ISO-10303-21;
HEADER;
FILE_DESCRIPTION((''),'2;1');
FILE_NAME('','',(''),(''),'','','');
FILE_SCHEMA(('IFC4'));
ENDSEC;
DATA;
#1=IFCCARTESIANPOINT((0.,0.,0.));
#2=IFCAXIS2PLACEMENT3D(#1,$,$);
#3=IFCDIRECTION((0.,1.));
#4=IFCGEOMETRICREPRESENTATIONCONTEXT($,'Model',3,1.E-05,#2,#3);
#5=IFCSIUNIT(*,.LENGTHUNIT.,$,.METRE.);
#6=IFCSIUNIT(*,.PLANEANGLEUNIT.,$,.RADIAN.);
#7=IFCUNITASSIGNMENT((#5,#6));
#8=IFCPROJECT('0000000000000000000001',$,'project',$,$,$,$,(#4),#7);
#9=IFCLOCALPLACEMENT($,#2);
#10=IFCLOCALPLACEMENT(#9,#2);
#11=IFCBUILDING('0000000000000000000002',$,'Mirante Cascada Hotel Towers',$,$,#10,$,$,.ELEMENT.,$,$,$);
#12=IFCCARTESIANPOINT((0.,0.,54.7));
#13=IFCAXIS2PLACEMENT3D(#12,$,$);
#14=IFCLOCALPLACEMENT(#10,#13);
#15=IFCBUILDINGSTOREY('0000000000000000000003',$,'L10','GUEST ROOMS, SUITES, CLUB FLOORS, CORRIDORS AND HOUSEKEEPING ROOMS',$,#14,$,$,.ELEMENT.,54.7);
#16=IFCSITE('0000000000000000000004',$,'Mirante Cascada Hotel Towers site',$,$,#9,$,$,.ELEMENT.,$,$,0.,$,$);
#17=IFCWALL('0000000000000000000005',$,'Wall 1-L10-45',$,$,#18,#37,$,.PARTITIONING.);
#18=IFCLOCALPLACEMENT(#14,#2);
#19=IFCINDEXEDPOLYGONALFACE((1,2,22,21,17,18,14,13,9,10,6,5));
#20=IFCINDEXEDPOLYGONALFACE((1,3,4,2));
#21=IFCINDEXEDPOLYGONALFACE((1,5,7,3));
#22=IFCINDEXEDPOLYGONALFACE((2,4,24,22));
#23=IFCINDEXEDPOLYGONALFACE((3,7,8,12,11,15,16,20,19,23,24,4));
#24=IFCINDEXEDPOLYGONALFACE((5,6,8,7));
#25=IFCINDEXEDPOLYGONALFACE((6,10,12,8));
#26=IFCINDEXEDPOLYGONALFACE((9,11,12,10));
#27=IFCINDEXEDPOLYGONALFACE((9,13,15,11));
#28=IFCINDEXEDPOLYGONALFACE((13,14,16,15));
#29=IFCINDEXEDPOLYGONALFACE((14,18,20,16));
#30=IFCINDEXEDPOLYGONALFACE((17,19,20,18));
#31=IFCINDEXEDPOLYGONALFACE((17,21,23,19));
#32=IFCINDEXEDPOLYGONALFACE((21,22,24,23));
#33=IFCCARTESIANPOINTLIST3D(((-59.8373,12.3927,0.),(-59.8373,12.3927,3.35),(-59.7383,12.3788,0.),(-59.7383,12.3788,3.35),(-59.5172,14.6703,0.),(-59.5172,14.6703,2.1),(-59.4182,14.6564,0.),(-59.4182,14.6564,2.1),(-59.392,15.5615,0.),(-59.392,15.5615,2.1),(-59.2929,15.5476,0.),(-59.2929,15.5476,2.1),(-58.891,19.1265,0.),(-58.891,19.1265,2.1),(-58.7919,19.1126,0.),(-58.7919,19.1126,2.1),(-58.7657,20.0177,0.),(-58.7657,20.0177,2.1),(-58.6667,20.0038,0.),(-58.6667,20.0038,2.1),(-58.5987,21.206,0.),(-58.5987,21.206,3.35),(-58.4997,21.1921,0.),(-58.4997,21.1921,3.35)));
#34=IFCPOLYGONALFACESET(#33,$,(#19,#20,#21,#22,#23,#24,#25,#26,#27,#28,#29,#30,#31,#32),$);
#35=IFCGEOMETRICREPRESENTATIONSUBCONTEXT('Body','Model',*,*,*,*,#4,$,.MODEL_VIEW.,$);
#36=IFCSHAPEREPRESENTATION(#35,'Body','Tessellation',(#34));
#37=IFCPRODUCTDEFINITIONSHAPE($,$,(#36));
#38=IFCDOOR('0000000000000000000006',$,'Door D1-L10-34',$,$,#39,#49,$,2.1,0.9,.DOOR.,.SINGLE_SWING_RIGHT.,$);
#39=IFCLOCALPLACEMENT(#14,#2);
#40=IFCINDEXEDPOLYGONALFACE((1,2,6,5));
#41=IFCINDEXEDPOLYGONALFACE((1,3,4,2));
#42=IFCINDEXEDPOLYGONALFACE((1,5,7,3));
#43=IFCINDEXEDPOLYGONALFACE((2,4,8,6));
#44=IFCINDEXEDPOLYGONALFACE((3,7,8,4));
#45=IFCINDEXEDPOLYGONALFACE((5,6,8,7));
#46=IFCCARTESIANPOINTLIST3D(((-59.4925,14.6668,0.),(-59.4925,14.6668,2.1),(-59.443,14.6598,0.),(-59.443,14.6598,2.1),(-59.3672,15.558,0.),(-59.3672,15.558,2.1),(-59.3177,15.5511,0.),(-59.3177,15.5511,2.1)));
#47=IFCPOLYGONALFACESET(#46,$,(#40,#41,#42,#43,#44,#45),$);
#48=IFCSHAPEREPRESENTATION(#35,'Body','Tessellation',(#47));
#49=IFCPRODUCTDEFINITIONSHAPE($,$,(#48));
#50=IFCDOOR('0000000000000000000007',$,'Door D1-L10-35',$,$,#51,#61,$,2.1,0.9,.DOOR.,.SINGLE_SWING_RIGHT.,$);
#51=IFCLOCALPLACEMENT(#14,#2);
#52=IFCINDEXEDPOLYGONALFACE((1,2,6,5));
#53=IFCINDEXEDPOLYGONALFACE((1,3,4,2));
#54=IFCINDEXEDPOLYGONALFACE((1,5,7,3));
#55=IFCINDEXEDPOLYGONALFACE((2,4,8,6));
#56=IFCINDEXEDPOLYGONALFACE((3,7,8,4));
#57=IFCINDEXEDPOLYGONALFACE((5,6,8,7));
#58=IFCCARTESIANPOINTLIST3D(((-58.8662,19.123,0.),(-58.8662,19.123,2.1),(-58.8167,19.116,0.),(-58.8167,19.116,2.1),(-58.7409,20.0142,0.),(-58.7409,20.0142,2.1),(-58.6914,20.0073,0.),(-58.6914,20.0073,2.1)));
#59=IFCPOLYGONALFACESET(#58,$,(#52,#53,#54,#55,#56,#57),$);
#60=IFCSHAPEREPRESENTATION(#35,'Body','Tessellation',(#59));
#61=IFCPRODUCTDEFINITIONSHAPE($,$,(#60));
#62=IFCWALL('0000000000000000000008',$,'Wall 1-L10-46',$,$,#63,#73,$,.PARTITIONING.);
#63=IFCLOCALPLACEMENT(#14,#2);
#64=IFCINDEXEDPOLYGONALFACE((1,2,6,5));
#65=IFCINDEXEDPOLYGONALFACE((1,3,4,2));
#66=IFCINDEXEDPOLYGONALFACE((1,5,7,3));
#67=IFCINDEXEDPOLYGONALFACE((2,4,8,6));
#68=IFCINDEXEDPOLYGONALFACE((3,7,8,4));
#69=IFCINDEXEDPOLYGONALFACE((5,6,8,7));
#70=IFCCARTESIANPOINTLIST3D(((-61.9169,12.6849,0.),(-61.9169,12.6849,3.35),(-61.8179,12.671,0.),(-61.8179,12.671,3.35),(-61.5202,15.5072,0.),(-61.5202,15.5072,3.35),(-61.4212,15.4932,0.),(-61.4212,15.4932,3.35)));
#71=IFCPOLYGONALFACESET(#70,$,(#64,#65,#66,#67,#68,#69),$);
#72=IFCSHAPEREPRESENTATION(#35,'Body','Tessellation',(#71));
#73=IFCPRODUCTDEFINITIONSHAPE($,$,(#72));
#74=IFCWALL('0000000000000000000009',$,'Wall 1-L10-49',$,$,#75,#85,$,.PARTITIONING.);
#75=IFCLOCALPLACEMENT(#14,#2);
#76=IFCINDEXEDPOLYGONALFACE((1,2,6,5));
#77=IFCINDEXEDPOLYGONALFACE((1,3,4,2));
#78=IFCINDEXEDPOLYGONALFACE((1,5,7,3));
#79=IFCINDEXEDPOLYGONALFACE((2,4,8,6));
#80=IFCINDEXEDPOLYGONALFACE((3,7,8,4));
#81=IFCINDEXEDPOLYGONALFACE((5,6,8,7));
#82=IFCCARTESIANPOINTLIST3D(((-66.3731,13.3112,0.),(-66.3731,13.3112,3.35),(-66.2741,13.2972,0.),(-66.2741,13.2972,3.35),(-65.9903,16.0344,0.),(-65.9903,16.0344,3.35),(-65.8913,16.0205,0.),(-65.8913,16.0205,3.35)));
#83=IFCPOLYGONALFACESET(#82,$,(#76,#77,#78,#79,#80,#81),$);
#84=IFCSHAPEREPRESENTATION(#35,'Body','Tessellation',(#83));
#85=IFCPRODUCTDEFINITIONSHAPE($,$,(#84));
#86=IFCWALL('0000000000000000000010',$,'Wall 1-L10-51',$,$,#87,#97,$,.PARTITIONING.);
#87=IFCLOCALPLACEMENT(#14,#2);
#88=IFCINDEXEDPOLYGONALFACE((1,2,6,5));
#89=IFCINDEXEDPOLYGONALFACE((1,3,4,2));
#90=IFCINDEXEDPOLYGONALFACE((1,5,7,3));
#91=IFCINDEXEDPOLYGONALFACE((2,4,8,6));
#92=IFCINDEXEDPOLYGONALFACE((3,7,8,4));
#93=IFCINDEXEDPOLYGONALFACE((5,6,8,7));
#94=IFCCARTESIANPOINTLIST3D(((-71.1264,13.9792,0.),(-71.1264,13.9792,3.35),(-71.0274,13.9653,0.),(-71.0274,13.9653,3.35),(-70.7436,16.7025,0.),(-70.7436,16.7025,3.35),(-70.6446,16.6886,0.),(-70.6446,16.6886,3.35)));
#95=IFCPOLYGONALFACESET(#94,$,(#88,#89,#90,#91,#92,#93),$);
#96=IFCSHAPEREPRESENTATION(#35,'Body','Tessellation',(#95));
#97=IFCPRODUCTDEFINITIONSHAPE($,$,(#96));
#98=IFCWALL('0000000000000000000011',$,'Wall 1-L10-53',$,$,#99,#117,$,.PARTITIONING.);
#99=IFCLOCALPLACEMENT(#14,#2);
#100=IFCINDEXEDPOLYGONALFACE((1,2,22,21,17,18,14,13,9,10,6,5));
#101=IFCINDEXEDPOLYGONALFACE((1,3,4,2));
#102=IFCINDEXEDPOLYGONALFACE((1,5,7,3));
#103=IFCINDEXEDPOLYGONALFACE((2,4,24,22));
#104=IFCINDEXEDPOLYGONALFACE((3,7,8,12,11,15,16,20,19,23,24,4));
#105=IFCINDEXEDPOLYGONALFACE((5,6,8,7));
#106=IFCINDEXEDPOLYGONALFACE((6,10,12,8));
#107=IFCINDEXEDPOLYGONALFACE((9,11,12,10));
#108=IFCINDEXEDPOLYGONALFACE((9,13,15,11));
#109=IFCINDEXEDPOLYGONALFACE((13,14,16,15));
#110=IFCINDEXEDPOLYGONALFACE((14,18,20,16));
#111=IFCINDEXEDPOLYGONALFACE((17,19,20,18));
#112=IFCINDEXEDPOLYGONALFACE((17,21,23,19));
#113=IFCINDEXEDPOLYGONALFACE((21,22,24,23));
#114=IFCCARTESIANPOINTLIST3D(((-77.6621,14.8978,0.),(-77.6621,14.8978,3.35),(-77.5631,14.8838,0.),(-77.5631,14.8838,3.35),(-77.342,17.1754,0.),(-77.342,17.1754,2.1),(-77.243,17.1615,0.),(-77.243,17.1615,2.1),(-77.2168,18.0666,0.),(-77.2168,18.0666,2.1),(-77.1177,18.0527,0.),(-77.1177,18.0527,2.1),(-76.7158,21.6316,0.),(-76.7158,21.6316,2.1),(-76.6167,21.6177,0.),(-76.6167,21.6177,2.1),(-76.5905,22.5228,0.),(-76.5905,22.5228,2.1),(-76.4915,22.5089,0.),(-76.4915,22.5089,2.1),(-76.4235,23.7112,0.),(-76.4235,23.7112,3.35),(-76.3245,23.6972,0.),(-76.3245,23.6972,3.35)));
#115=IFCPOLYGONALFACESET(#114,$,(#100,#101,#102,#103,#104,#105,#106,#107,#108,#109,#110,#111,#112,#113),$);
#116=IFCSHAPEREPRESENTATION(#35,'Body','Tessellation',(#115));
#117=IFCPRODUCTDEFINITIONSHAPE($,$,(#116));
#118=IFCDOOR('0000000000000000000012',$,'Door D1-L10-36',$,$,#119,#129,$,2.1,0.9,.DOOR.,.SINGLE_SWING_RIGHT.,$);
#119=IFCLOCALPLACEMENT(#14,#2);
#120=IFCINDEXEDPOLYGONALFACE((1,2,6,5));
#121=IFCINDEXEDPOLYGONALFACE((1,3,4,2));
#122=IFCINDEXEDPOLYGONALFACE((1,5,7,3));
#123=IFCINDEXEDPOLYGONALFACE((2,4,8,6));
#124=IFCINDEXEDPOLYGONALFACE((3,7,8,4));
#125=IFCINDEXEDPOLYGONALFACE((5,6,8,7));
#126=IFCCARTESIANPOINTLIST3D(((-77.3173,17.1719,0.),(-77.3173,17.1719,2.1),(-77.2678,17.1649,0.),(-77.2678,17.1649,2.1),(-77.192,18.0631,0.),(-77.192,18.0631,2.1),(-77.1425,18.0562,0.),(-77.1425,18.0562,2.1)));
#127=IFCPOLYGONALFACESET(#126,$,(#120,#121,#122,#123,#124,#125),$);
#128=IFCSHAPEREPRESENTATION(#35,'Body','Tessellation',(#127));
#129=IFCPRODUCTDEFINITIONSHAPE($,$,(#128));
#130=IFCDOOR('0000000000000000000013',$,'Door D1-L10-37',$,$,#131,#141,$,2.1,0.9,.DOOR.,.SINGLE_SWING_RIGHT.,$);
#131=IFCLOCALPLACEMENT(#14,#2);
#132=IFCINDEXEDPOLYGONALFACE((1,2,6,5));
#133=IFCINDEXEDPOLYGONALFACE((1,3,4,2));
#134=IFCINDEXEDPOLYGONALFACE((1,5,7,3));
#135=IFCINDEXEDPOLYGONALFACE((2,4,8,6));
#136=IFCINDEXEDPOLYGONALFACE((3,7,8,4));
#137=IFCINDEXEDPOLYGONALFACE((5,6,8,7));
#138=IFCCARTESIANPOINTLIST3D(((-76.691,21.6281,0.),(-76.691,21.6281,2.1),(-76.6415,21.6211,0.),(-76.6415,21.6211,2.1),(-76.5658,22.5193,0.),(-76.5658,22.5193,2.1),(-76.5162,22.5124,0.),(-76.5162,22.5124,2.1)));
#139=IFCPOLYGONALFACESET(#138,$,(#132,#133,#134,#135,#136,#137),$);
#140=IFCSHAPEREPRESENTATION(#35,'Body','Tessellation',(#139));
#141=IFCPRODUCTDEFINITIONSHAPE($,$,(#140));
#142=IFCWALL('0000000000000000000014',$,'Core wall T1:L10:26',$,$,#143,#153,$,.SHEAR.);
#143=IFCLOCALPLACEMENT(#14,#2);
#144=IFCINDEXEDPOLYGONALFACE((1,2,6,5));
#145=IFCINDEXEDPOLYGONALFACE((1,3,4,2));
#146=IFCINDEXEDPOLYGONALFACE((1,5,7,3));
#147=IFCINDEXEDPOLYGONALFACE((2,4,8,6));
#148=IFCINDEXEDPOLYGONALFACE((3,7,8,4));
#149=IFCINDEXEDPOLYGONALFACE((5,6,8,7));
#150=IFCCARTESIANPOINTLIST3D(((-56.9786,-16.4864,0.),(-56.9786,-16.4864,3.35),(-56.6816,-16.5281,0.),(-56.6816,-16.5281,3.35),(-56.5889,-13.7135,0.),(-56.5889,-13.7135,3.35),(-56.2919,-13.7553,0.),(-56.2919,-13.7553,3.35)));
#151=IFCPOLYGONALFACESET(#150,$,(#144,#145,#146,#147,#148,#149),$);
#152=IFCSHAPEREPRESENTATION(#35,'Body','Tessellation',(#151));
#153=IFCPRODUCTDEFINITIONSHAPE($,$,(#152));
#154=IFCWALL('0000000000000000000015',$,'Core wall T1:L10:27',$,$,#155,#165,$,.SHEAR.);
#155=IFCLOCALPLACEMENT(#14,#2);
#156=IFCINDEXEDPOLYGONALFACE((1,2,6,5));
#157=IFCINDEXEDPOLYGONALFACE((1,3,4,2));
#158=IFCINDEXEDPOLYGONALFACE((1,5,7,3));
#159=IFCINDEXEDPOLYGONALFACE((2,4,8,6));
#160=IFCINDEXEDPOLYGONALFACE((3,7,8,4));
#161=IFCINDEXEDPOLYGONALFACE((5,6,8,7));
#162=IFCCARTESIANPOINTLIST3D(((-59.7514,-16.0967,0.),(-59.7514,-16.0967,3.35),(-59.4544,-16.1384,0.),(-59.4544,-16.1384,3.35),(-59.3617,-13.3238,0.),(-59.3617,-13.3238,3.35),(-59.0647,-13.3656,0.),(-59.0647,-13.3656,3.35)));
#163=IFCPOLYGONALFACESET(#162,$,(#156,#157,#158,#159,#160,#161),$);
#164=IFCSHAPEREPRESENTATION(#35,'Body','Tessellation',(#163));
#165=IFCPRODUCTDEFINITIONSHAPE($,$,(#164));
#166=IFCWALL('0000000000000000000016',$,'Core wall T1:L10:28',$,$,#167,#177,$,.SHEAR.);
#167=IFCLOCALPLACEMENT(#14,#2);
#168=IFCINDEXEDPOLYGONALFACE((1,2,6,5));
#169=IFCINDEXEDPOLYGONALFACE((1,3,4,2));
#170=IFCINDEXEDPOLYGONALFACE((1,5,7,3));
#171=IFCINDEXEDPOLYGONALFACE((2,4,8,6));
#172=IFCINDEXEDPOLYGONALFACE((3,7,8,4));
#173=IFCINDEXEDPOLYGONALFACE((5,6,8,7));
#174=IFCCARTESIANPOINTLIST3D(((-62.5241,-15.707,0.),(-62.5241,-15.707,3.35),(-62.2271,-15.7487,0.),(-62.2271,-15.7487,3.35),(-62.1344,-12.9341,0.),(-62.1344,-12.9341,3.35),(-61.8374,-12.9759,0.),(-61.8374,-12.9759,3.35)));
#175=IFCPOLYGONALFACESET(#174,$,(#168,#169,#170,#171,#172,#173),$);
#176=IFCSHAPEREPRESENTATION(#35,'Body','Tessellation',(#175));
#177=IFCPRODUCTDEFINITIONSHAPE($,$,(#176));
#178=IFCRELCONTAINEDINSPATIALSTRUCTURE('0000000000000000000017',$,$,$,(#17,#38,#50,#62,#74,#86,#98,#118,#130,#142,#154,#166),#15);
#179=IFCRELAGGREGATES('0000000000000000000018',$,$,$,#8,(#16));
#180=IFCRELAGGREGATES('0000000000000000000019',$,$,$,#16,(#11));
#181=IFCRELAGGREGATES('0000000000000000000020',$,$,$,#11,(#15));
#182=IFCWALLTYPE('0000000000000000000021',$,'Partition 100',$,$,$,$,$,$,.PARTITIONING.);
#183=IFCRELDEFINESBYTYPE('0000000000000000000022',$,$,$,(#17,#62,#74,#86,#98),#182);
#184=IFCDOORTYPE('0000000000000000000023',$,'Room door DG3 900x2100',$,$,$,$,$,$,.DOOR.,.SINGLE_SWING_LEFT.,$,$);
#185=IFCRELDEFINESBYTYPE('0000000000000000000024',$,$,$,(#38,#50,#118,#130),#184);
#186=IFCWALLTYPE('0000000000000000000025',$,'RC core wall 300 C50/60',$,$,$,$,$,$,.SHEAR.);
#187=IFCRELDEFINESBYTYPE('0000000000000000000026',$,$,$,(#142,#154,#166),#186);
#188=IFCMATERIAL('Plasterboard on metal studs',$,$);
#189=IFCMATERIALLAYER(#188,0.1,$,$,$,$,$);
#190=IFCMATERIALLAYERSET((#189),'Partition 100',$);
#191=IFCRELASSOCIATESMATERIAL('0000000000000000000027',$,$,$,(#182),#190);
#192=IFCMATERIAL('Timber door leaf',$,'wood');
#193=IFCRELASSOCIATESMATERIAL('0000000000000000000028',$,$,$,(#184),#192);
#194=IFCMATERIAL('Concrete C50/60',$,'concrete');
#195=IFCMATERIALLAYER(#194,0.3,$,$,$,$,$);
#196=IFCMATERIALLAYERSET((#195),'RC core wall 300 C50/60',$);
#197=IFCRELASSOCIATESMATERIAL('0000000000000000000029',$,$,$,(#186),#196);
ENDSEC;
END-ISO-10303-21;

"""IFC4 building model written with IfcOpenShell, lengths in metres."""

from ifc_helpers import new_model, si_unit, direction, frame, frame_2d, origin, place, context, subcontext, project, spatial, rectangle, extrude, material, layer, layer_set, type_object, element, fill, save


model = new_model("IFC4")

# Units and contexts
model_context = context("Model", 3, precision=1e-05, world=origin(), true_north=direction((0.0, 1.0)))
body_context = subcontext(model_context, "Body", "Model", "MODEL_VIEW")
ifc_project = project(units=[si_unit("LENGTHUNIT", "METRE"), si_unit("PLANEANGLEUNIT", "RADIAN")], contexts=[model_context])

# Site, building, storey
site_placement = place(None, origin())
site = spatial("IfcSite", under=ifc_project, at=site_placement, Name="Mirante Cascada Hotel Towers site", CompositionType="ELEMENT", RefElevation=0.0)
building_placement = place(site_placement, origin())
building = spatial("IfcBuilding", under=site, at=building_placement, Name="Mirante Cascada Hotel Towers", CompositionType="ELEMENT")
storey_placement = place(building_placement, frame((0.0, 0.0, 54.7)))
storey = spatial("IfcBuildingStorey", under=building, at=storey_placement, Name="L10", Description="GUEST ROOMS, SUITES, CLUB FLOORS, CORRIDORS AND HOUSEKEEPING ROOMS", CompositionType="ELEMENT", Elevation=54.7)

# Wall, openings, doors
ifc_material_1 = material(Name="Plasterboard on metal studs")
ifc_layer_1 = layer(ifc_material_1, 0.1)
ifc_layer_set_1 = layer_set([ifc_layer_1], Name="Partition 100")
wall_type_1 = type_object("IfcWallType", Name="Partition 100", PredefinedType="PARTITIONING", material=ifc_layer_set_1)
wall_1_placement = place(storey_placement, frame((-59.7878, 12.3857, 0.0), z_axis=(0.0, 0.0, 1.0), x_axis=(0.13917, 0.990268, 0.0)))
wall_1 = element("IfcWall", 1, at=wall_1_placement, inside=storey, type_object=wall_type_1, Name="Wall 1-L10-45", PredefinedType="PARTITIONING", context=body_context, shape_type="SweptSolid", body=[
    extrude(rectangle(XDim=8.8999, YDim=0.1, at=frame_2d((4.45, 0.0))), origin(), (0.0, 0.0, 1.0), 3.35),
])
opening_1_placement = place(wall_1_placement, frame((2.3, 0.0, 0.0)))
opening_1 = element("IfcOpeningElement", 2, at=opening_1_placement, cuts=wall_1, PredefinedType="OPENING", context=body_context, shape_type="SweptSolid", body=[
    extrude(rectangle(XDim=0.9, YDim=2.1, at=frame_2d((0.45, 1.05))), frame((0.0, 0.05, 0.0), z_axis=(0.0, -1.0, 0.0), x_axis=(1.0, 0.0, 0.0)), (0.0, 0.0, 1.0), 0.1),
])
opening_2_placement = place(wall_1_placement, frame((6.8, 0.0, 0.0)))
opening_2 = element("IfcOpeningElement", 3, at=opening_2_placement, cuts=wall_1, PredefinedType="OPENING", context=body_context, shape_type="SweptSolid", body=[
    extrude(rectangle(XDim=0.9, YDim=2.1, at=frame_2d((0.45, 1.05))), frame((0.0, 0.05, 0.0), z_axis=(0.0, -1.0, 0.0), x_axis=(1.0, 0.0, 0.0)), (0.0, 0.0, 1.0), 0.1),
])
ifc_material_2 = material(Name="Timber door leaf", Category="wood")
door_type_1 = type_object("IfcDoorType", Name="Room door DG3 900x2100", OperationType="SINGLE_SWING_LEFT", PredefinedType="DOOR", material=ifc_material_2)
door_1_placement = place(opening_1_placement, frame((0.9, 0.0, 0.0), z_axis=(0.0, 0.0, 1.0), x_axis=(-1.0, 0.0, 0.0)))
door_1 = element("IfcDoor", 4, at=door_1_placement, inside=storey, type_object=door_type_1, Name="Door D1-L10-34", OperationType="SINGLE_SWING_RIGHT", OverallHeight=2.1, OverallWidth=0.9, PredefinedType="DOOR", context=body_context, shape_type="SweptSolid", body=[
    extrude(rectangle(XDim=0.9, YDim=2.1, at=frame_2d((0.45, 1.05))), frame((0.0, 0.025, 0.0), z_axis=(0.0, -1.0, 0.0), x_axis=(1.0, 0.0, 0.0)), (0.0, 0.0, 1.0), 0.05),
])
fill(opening_1, door_1)
door_2_placement = place(opening_2_placement, frame((0.9, 0.0, 0.0), z_axis=(0.0, 0.0, 1.0), x_axis=(-1.0, 0.0, 0.0)))
door_2 = element("IfcDoor", 5, at=door_2_placement, inside=storey, type_object=door_type_1, Name="Door D1-L10-35", OperationType="SINGLE_SWING_RIGHT", OverallHeight=2.1, OverallWidth=0.9, PredefinedType="DOOR", context=body_context, shape_type="SweptSolid", body=[
    extrude(rectangle(XDim=0.9, YDim=2.1, at=frame_2d((0.45, 1.05))), frame((0.0, 0.025, 0.0), z_axis=(0.0, -1.0, 0.0), x_axis=(1.0, 0.0, 0.0)), (0.0, 0.0, 1.0), 0.05),
])
fill(opening_2, door_2)

# Walls
wall_2_placement = place(storey_placement, frame((-61.4707, 15.5002, 0.0), z_axis=(0.0, 0.0, 1.0), x_axis=(-0.139191, -0.990266, 0.0)))
element("IfcWall", 6, at=wall_2_placement, inside=storey, type_object=wall_type_1, Name="Wall 1-L10-46", PredefinedType="PARTITIONING", context=body_context, shape_type="SweptSolid", body=[
    extrude(rectangle(XDim=2.85, YDim=0.1, at=frame_2d((1.425, 0.0))), origin(), (0.0, 0.0, 1.0), 3.35),
])
wall_3_placement = place(storey_placement, frame((-66.3236, 13.3042, 0.0), z_axis=(0.0, 0.0, 1.0), x_axis=(0.139201, 0.990264, 0.0)))
element("IfcWall", 7, at=wall_3_placement, inside=storey, type_object=wall_type_1, Name="Wall 1-L10-49", PredefinedType="PARTITIONING", context=body_context, shape_type="SweptSolid", body=[
    extrude(rectangle(XDim=2.75, YDim=0.1, at=frame_2d((1.375, 0.0))), origin(), (0.0, 0.0, 1.0), 3.35),
])
wall_4_placement = place(storey_placement, frame((-71.0769, 13.9722, 0.0), z_axis=(0.0, 0.0, 1.0), x_axis=(0.139196, 0.990265, 0.0)))
element("IfcWall", 8, at=wall_4_placement, inside=storey, type_object=wall_type_1, Name="Wall 1-L10-51", PredefinedType="PARTITIONING", context=body_context, shape_type="SweptSolid", body=[
    extrude(rectangle(XDim=2.7501, YDim=0.1, at=frame_2d((1.3751, 0.0))), origin(), (0.0, 0.0, 1.0), 3.35),
])

# Wall, openings, doors
wall_5_placement = place(storey_placement, frame((-77.6126, 14.8908, 0.0), z_axis=(0.0, 0.0, 1.0), x_axis=(0.139168, 0.990269, 0.0)))
wall_5 = element("IfcWall", 9, at=wall_5_placement, inside=storey, type_object=wall_type_1, Name="Wall 1-L10-53", PredefinedType="PARTITIONING", context=body_context, shape_type="SweptSolid", body=[
    extrude(rectangle(XDim=8.9, YDim=0.1, at=frame_2d((4.45, 0.0))), origin(), (0.0, 0.0, 1.0), 3.35),
])
opening_3_placement = place(wall_5_placement, frame((2.3, 0.0, 0.0)))
opening_3 = element("IfcOpeningElement", 10, at=opening_3_placement, cuts=wall_5, PredefinedType="OPENING", context=body_context, shape_type="SweptSolid", body=[
    extrude(rectangle(XDim=0.9, YDim=2.1, at=frame_2d((0.45, 1.05))), frame((0.0, 0.05, 0.0), z_axis=(0.0, -1.0, 0.0), x_axis=(1.0, 0.0, 0.0)), (0.0, 0.0, 1.0), 0.1),
])
opening_4_placement = place(wall_5_placement, frame((6.8, 0.0, 0.0)))
opening_4 = element("IfcOpeningElement", 11, at=opening_4_placement, cuts=wall_5, PredefinedType="OPENING", context=body_context, shape_type="SweptSolid", body=[
    extrude(rectangle(XDim=0.9, YDim=2.1, at=frame_2d((0.45, 1.05))), frame((0.0, 0.05, 0.0), z_axis=(0.0, -1.0, 0.0), x_axis=(1.0, 0.0, 0.0)), (0.0, 0.0, 1.0), 0.1),
])
door_3_placement = place(opening_3_placement, frame((0.9, 0.0, 0.0), z_axis=(0.0, 0.0, 1.0), x_axis=(-1.0, 0.0, 0.0)))
door_3 = element("IfcDoor", 12, at=door_3_placement, inside=storey, type_object=door_type_1, Name="Door D1-L10-36", OperationType="SINGLE_SWING_RIGHT", OverallHeight=2.1, OverallWidth=0.9, PredefinedType="DOOR", context=body_context, shape_type="SweptSolid", body=[
    extrude(rectangle(XDim=0.9, YDim=2.1, at=frame_2d((0.45, 1.05))), frame((0.0, 0.025, 0.0), z_axis=(0.0, -1.0, 0.0), x_axis=(1.0, 0.0, 0.0)), (0.0, 0.0, 1.0), 0.05),
])
fill(opening_3, door_3)
door_4_placement = place(opening_4_placement, frame((0.9, 0.0, 0.0), z_axis=(0.0, 0.0, 1.0), x_axis=(-1.0, 0.0, 0.0)))
door_4 = element("IfcDoor", 13, at=door_4_placement, inside=storey, type_object=door_type_1, Name="Door D1-L10-37", OperationType="SINGLE_SWING_RIGHT", OverallHeight=2.1, OverallWidth=0.9, PredefinedType="DOOR", context=body_context, shape_type="SweptSolid", body=[
    extrude(rectangle(XDim=0.9, YDim=2.1, at=frame_2d((0.45, 1.05))), frame((0.0, 0.025, 0.0), z_axis=(0.0, -1.0, 0.0), x_axis=(1.0, 0.0, 0.0)), (0.0, 0.0, 1.0), 0.05),
])
fill(opening_4, door_4)

# Walls
ifc_material_3 = material(Name="Concrete C50/60", Category="concrete")
ifc_layer_2 = layer(ifc_material_3, 0.3)
ifc_layer_set_2 = layer_set([ifc_layer_2], Name="RC core wall 300 C50/60")
wall_type_2 = type_object("IfcWallType", Name="RC core wall 300 C50/60", PredefinedType="SHEAR", material=ifc_layer_set_2)
for number, where, z_axis, x_axis, name in (
    (14, (-56.8301, -16.5072, 0.0), (0.0, 0.0, 1.0), (0.139176, 0.990268, 0.0), "Core wall T1:L10:26"),
    (15, (-59.6029, -16.1175, 0.0), (0.0, 0.0, 1.0), (0.139176, 0.990268, 0.0), "Core wall T1:L10:27"),
    (16, (-62.3756, -15.7278, 0.0), (0.0, 0.0, 1.0), (0.139176, 0.990268, 0.0), "Core wall T1:L10:28"),
):
    element("IfcWall", number, at=place(storey_placement, frame(where, z_axis=z_axis, x_axis=x_axis)), inside=storey, type_object=wall_type_2, Name=name, PredefinedType="SHEAR", context=body_context, shape_type="SweptSolid", body=[
        extrude(rectangle(XDim=2.8001, YDim=0.3, at=frame_2d((1.4, 0.0))), origin(), (0.0, 0.0, 1.0), 3.35),
    ])

save(model, "model.ifc")
